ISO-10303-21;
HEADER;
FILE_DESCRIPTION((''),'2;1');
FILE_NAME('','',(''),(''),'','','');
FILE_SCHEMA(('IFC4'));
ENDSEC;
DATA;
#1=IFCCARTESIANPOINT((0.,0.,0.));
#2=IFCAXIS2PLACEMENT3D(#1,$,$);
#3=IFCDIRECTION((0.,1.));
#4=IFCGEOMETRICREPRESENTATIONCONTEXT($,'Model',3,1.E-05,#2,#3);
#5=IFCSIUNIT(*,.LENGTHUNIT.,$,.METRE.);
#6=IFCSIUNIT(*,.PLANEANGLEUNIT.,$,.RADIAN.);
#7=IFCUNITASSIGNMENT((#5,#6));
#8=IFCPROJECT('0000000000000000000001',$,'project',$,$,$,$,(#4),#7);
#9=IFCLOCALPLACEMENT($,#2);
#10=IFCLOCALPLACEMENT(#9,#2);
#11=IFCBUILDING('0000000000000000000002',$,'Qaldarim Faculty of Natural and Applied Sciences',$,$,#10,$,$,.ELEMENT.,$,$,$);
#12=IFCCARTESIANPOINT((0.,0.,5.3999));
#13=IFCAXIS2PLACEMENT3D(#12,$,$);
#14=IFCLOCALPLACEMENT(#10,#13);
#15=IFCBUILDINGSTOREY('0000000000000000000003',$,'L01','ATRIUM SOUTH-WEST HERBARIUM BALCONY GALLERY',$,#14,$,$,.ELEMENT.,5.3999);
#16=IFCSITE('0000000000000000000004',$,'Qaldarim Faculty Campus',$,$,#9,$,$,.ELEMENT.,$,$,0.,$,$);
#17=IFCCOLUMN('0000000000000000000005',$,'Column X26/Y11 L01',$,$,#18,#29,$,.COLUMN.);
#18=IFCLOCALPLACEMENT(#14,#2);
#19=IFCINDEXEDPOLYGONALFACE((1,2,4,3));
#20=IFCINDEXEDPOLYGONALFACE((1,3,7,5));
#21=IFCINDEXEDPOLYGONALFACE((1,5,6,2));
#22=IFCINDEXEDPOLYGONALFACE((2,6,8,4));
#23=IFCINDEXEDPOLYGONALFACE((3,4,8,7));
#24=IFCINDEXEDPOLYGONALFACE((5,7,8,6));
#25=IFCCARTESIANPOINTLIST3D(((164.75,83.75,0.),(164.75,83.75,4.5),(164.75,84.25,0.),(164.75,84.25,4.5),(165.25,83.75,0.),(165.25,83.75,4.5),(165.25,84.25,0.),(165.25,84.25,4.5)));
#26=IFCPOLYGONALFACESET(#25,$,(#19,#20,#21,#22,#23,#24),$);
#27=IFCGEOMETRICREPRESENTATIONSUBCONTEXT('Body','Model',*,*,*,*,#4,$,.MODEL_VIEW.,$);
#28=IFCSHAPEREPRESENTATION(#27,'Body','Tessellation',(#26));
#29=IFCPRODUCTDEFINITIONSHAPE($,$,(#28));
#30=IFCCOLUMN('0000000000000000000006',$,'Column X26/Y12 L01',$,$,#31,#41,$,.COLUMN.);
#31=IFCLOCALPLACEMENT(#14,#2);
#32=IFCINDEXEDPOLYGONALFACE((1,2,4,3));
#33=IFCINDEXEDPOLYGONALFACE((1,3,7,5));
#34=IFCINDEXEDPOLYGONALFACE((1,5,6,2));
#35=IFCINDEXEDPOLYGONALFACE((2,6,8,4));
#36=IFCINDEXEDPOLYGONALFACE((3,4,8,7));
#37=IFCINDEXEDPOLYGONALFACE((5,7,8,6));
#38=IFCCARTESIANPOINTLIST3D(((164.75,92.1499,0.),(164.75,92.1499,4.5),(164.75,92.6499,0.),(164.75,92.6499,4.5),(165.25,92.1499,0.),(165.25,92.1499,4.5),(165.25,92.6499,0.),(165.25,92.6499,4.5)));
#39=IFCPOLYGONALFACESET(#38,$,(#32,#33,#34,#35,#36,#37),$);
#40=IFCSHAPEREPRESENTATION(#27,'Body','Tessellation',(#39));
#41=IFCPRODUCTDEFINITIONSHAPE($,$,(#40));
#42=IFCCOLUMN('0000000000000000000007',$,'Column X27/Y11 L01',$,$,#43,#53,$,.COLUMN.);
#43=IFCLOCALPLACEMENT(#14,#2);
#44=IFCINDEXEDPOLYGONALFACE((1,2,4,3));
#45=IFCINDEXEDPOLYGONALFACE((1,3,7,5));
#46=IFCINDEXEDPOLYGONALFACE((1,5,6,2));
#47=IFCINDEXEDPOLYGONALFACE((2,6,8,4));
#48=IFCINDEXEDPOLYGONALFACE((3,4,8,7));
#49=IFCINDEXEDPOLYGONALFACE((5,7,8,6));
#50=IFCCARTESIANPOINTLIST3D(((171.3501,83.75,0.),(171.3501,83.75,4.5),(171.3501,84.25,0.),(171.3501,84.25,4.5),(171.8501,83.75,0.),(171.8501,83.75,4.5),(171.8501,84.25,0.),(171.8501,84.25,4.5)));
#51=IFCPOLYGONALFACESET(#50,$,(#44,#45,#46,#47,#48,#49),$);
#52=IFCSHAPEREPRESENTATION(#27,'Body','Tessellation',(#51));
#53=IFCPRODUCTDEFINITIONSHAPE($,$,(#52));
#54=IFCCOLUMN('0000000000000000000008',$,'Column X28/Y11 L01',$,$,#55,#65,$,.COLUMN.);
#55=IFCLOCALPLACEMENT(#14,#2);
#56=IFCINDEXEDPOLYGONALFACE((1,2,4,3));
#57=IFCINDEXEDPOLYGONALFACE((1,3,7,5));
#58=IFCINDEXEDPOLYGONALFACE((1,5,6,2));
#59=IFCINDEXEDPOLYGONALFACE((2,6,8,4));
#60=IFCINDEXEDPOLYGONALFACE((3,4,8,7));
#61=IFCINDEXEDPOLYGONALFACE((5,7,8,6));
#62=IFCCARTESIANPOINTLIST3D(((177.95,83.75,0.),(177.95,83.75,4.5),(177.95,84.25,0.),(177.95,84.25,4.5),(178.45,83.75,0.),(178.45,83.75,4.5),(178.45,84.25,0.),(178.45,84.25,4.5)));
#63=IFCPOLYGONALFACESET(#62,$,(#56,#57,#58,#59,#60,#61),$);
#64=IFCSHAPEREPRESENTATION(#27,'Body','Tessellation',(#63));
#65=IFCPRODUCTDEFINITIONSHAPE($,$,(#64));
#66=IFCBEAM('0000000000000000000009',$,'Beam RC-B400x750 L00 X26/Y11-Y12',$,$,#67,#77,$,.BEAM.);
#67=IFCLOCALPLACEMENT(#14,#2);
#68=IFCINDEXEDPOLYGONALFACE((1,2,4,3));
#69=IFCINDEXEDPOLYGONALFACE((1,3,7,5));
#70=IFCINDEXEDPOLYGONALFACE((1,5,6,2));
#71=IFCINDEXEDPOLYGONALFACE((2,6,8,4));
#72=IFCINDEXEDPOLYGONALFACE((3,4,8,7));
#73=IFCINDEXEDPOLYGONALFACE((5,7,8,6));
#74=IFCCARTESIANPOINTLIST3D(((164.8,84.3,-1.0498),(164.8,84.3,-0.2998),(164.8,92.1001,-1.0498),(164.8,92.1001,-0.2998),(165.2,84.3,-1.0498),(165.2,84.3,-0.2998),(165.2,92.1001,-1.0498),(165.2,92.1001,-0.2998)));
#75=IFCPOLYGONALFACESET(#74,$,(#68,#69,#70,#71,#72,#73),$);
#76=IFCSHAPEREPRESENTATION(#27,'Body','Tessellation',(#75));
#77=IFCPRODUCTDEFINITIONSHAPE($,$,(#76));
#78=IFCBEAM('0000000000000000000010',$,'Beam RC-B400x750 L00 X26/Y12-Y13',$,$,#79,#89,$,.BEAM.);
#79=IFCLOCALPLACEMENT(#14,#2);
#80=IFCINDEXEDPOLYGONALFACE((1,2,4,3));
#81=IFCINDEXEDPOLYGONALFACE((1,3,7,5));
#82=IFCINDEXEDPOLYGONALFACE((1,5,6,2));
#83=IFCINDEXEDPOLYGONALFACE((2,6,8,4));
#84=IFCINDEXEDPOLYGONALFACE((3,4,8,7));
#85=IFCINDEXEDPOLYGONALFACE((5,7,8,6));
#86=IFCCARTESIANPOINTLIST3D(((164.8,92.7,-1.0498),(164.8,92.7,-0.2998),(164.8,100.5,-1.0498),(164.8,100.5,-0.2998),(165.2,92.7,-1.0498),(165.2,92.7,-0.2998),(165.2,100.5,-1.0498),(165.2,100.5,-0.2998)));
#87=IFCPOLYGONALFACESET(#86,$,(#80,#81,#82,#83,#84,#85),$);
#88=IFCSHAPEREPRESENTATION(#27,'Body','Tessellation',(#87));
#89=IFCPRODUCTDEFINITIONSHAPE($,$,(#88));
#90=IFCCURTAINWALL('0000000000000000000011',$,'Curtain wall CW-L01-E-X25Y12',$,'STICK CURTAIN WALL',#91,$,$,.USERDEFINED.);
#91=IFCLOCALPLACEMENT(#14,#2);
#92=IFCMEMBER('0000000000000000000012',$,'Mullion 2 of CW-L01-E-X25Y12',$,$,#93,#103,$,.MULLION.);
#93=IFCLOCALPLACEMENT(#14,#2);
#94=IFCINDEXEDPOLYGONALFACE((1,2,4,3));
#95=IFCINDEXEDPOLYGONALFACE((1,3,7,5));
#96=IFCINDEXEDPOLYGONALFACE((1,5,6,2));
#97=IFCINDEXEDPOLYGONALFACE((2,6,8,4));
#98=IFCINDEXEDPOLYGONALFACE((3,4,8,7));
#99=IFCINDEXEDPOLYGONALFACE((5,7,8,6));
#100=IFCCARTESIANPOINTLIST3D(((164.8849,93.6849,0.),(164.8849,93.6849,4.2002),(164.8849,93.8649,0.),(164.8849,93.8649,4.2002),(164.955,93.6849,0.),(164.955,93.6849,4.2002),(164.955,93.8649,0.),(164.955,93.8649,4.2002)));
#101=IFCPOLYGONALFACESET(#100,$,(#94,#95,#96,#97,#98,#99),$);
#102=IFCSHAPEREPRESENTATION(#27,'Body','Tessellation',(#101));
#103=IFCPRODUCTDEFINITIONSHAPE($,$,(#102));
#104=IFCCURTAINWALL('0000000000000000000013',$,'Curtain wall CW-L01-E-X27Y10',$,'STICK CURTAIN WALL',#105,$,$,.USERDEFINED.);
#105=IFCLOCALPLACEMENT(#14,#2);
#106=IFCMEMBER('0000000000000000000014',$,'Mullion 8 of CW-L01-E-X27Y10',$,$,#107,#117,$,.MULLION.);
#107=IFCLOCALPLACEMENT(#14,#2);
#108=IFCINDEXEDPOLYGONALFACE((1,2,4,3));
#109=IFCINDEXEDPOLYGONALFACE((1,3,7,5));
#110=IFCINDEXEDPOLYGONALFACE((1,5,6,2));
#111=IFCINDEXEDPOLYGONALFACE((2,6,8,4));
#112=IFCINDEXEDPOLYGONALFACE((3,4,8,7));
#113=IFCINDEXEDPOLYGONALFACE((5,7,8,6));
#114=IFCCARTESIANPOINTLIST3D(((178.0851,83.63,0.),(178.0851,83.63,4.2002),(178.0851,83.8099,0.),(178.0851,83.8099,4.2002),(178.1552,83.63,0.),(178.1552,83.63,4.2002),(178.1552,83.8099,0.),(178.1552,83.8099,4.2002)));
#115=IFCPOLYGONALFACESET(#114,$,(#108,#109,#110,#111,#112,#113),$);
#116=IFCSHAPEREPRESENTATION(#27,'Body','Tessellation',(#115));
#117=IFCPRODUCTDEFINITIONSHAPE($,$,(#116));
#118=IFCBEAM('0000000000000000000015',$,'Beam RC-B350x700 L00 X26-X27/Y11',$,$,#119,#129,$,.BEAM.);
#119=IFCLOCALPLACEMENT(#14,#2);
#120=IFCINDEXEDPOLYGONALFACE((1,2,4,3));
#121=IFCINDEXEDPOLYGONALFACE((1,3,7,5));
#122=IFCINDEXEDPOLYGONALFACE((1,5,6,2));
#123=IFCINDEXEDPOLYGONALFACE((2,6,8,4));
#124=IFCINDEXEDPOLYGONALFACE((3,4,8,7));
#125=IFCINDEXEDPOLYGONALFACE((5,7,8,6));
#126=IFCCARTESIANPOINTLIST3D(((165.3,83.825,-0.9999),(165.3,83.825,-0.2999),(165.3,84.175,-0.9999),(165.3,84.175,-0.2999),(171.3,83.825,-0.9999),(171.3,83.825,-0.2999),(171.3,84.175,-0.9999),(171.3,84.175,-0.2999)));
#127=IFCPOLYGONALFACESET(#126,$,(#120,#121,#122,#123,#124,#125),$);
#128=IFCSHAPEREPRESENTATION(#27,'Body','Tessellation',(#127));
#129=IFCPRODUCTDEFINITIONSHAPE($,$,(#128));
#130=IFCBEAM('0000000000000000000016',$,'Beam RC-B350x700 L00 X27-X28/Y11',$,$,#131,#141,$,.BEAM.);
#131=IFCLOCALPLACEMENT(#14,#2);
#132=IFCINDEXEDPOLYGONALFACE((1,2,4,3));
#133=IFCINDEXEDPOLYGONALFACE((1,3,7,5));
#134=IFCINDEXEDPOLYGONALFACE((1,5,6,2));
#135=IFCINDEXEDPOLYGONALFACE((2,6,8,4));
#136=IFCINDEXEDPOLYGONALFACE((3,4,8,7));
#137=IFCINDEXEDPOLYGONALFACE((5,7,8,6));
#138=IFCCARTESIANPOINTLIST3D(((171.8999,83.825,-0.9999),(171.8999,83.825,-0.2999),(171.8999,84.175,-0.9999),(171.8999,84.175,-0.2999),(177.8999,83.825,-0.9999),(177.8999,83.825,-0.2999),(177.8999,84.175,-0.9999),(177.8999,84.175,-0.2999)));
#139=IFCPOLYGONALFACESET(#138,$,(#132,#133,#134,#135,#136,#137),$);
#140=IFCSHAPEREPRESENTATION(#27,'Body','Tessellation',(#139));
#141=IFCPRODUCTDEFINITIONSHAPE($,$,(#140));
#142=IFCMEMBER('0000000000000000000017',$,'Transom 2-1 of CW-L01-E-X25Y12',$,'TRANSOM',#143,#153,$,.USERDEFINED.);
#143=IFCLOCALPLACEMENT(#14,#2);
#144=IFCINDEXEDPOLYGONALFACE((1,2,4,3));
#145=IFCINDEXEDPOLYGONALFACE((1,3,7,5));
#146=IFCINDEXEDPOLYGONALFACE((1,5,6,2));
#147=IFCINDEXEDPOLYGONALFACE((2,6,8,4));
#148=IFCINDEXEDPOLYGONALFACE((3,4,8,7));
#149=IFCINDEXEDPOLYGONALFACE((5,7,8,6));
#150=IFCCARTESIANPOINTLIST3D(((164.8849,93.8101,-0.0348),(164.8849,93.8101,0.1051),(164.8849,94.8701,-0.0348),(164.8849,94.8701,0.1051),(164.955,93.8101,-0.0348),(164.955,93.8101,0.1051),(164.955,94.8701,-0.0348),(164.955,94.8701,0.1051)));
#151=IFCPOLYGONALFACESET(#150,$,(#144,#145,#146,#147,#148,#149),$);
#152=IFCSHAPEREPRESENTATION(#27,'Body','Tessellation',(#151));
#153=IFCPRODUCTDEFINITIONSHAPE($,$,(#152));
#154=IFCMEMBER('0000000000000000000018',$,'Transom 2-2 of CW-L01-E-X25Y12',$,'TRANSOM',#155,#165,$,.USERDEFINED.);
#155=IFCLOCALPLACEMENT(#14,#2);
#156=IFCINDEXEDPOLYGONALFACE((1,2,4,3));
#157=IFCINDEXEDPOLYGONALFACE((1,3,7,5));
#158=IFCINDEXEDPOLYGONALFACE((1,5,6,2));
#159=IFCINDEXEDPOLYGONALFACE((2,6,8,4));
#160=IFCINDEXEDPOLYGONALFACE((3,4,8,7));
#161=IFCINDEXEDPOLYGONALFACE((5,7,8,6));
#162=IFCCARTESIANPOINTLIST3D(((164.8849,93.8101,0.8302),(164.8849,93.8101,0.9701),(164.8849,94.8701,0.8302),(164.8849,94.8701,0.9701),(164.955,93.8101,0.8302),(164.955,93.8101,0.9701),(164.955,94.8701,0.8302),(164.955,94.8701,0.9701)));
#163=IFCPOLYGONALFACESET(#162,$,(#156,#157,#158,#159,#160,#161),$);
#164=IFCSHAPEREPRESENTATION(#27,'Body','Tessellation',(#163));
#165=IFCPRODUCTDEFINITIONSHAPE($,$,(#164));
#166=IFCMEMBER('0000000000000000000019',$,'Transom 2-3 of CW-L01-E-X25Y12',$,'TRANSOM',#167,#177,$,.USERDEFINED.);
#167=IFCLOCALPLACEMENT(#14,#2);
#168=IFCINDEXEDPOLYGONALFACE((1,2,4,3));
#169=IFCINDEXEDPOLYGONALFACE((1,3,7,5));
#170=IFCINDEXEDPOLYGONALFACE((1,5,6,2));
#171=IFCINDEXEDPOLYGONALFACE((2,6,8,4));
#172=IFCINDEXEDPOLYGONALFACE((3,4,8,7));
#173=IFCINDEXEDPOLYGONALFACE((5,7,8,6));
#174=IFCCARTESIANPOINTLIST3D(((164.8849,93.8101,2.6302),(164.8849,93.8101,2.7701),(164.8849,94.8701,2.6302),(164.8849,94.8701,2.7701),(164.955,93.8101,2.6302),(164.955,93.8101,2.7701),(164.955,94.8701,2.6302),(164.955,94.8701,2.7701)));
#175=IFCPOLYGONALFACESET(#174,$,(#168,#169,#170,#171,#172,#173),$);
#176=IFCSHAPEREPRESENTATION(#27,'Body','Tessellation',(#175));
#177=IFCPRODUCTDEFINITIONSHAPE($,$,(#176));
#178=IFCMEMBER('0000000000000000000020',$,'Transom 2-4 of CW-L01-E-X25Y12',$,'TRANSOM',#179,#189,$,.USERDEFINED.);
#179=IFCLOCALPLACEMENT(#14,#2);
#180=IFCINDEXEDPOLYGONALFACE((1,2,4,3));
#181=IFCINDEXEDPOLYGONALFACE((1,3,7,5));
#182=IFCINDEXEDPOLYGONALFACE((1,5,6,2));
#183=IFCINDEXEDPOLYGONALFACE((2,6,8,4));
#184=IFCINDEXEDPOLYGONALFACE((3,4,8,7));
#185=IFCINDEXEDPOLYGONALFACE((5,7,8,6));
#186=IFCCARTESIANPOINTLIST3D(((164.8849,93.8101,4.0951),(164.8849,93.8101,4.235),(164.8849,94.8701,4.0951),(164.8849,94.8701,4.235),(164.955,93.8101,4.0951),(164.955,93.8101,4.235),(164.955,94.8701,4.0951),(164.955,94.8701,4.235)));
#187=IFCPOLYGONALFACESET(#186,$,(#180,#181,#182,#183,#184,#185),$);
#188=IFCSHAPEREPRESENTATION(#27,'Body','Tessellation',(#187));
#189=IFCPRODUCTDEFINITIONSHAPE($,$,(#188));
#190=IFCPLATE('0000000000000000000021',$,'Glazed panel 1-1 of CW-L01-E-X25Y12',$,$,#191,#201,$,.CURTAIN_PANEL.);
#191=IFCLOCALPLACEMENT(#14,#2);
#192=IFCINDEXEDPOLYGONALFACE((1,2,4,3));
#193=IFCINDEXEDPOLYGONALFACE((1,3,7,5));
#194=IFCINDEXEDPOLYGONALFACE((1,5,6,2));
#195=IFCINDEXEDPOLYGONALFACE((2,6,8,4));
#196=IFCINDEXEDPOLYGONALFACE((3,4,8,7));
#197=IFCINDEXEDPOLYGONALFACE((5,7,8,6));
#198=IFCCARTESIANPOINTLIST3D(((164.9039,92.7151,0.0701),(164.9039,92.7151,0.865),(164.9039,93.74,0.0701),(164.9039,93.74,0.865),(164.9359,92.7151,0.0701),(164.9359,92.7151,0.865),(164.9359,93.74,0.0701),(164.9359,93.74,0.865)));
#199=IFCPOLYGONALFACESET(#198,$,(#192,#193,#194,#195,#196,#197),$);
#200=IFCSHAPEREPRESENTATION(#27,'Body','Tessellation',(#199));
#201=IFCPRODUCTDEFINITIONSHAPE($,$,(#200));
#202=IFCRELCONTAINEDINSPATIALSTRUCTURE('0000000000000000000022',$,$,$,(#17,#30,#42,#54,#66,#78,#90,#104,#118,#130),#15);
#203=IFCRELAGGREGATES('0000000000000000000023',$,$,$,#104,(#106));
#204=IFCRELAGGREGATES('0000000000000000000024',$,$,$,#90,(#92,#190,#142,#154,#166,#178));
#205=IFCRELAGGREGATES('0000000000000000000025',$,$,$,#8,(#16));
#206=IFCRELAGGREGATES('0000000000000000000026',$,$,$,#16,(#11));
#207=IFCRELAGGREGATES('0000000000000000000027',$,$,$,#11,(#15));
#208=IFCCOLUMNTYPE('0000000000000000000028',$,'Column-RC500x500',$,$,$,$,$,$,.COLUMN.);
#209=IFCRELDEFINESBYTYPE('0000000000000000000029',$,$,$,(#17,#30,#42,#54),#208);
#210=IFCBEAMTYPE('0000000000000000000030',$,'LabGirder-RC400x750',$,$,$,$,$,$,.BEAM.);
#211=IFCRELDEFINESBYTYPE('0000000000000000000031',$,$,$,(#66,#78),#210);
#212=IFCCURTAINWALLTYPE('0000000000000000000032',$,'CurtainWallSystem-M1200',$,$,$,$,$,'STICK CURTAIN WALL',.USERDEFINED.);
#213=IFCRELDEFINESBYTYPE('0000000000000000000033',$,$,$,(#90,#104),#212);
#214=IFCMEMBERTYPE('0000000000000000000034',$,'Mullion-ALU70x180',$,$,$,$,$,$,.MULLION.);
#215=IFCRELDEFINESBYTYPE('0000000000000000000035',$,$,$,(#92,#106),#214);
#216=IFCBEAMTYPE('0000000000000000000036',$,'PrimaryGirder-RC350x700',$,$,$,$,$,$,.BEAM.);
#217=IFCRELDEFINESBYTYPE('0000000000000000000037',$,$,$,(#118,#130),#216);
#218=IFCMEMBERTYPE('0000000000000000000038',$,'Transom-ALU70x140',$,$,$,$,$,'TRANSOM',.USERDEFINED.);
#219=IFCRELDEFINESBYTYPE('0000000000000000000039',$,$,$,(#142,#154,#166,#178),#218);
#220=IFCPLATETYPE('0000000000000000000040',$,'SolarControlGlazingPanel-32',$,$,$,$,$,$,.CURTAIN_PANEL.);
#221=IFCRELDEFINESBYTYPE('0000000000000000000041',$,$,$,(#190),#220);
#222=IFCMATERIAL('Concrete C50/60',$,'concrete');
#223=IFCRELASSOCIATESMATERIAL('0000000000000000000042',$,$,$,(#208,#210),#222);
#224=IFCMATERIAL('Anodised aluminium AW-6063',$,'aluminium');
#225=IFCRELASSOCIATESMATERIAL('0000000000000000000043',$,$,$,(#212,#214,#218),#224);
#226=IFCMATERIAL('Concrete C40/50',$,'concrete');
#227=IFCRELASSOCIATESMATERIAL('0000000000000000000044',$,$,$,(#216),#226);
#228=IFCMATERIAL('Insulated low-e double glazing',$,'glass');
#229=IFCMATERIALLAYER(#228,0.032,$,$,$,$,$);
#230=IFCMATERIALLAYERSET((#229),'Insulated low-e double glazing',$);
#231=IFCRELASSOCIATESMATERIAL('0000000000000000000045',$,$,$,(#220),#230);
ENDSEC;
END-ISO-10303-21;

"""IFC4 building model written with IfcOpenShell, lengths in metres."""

from ifc_helpers import new_model, si_unit, direction, frame, origin, origin_2d, place, context, subcontext, project, spatial, rectangle, extrude, material, layer, layer_set, material_profile, profile_set, type_object, element, aggregate, save


model = new_model("IFC4")

# Units and contexts
model_context = context("Model", 3, precision=1e-05, world=origin(), true_north=direction((0.0, 1.0)))
body_context = subcontext(model_context, "Body", "Model", "MODEL_VIEW")
ifc_project = project(units=[si_unit("LENGTHUNIT", "METRE"), si_unit("PLANEANGLEUNIT", "RADIAN")], contexts=[model_context])

# Site, building, storey
site_placement = place(None, origin())
site = spatial("IfcSite", under=ifc_project, at=site_placement, Name="Qaldarim Faculty Campus", CompositionType="ELEMENT", RefElevation=0.0)
building_placement = place(site_placement, origin())
building = spatial("IfcBuilding", under=site, at=building_placement, Name="Qaldarim Faculty of Natural and Applied Sciences", CompositionType="ELEMENT")
storey_placement = place(building_placement, frame((0.0, 0.0, 5.3999)))
storey = spatial("IfcBuildingStorey", under=building, at=storey_placement, Name="L01", Description="ATRIUM SOUTH-WEST HERBARIUM BALCONY GALLERY", CompositionType="ELEMENT", Elevation=5.3999)

# Columns
ifc_material_1 = material(Name="Concrete C50/60", Category="concrete")
ifc_material_profile_1 = material_profile(ifc_material_1, rectangle(XDim=0.5, YDim=0.5, at=origin_2d()), Name="RC-C500x500")
ifc_profile_set_1 = profile_set([ifc_material_profile_1], Name="Concrete C50/60")
column_type = type_object("IfcColumnType", Name="Column-RC500x500", PredefinedType="COLUMN", material=ifc_profile_set_1)
for number, where, z_axis, x_axis, name in (
    (1, (165.0, 84.0, 0.0), (0.0, 0.0, 1.0), (1.0, 0.0, 0.0), "Column X26/Y11 L01"),
    (2, (165.0, 92.3999, 0.0), (0.0, 0.0, 1.0), (1.0, 0.0, 0.0), "Column X26/Y12 L01"),
    (3, (171.6001, 84.0, 0.0), (0.0, 0.0, 1.0), (1.0, 0.0, 0.0), "Column X27/Y11 L01"),
    (4, (178.2, 84.0, 0.0), (0.0, 0.0, 1.0), (1.0, 0.0, 0.0), "Column X28/Y11 L01"),
):
    element("IfcColumn", number, at=place(storey_placement, frame(where, z_axis=z_axis, x_axis=x_axis)), inside=storey, type_object=column_type, Name=name, PredefinedType="COLUMN", context=body_context, shape_type="SweptSolid", body=[
        extrude(rectangle(XDim=0.5, YDim=0.5, at=origin_2d()), origin(), (0.0, 0.0, 1.0), 4.5),
    ])

# Beams
ifc_material_profile_2 = material_profile(ifc_material_1, rectangle(XDim=0.3999, YDim=0.75, at=origin_2d()), Name="RC-B400x750")
ifc_profile_set_2 = profile_set([ifc_material_profile_2], Name="Concrete C50/60")
beam_type_1 = type_object("IfcBeamType", Name="LabGirder-RC400x750", PredefinedType="BEAM", material=ifc_profile_set_2)
for number, where, z_axis, x_axis, name in (
    (5, (165.0, 84.3, -0.6748), (0.0, 1.0, 0.0), (-1.0, 0.0, 0.0), "Beam RC-B400x750 L00 X26/Y11-Y12"),
    (6, (165.0, 92.7, -0.6748), (0.0, 1.0, 0.0), (-1.0, 0.0, 0.0), "Beam RC-B400x750 L00 X26/Y12-Y13"),
):
    element("IfcBeam", number, at=place(storey_placement, frame(where, z_axis=z_axis, x_axis=x_axis)), inside=storey, type_object=beam_type_1, Name=name, PredefinedType="BEAM", context=body_context, shape_type="SweptSolid", body=[
        extrude(rectangle(XDim=0.3999, YDim=0.75, at=origin_2d()), origin(), (0.0, 0.0, 1.0), 7.8),
    ])

# Curtain walls, members
ifc_material_2 = material(Name="Anodised aluminium AW-6063", Category="aluminium")
curtain_wall_type = type_object("IfcCurtainWallType", Name="CurtainWallSystem-M1200", ElementType="STICK CURTAIN WALL", PredefinedType="USERDEFINED", material=ifc_material_2)
curtain_wall_1_placement = place(storey_placement, origin())
curtain_wall_1 = element("IfcCurtainWall", 7, at=curtain_wall_1_placement, inside=storey, type_object=curtain_wall_type, Name="Curtain wall CW-L01-E-X25Y12", ObjectType="STICK CURTAIN WALL", PredefinedType="USERDEFINED")
ifc_material_profile_3 = material_profile(ifc_material_2, rectangle(XDim=0.0701, YDim=0.1799, at=origin_2d()), Name="ALU-M70x180")
ifc_profile_set_3 = profile_set([ifc_material_profile_3], Name="Anodised aluminium AW-6063")
member_type_1 = type_object("IfcMemberType", Name="Mullion-ALU70x180", PredefinedType="MULLION", material=ifc_profile_set_3)
member_1_placement = place(storey_placement, frame((164.9199, 93.7749, 0.0), z_axis=(0.0, 0.0, 1.0), x_axis=(-1.0, 0.0, 0.0)))
member_1 = element("IfcMember", 8, at=member_1_placement, type_object=member_type_1, Name="Mullion 2 of CW-L01-E-X25Y12", PredefinedType="MULLION", context=body_context, shape_type="SweptSolid", body=[
    extrude(rectangle(XDim=0.0701, YDim=0.1799, at=origin_2d()), origin(), (0.0, 0.0, 1.0), 4.2002),
])
curtain_wall_2_placement = place(storey_placement, origin())
curtain_wall_2 = element("IfcCurtainWall", 9, at=curtain_wall_2_placement, inside=storey, type_object=curtain_wall_type, Name="Curtain wall CW-L01-E-X27Y10", ObjectType="STICK CURTAIN WALL", PredefinedType="USERDEFINED")
member_2_placement = place(storey_placement, frame((178.1201, 83.72, 0.0), z_axis=(0.0, 0.0, 1.0), x_axis=(-1.0, 0.0, 0.0)))
member_2 = element("IfcMember", 10, at=member_2_placement, type_object=member_type_1, Name="Mullion 8 of CW-L01-E-X27Y10", PredefinedType="MULLION", context=body_context, shape_type="SweptSolid", body=[
    extrude(rectangle(XDim=0.0701, YDim=0.1799, at=origin_2d()), origin(), (0.0, 0.0, 1.0), 4.2002),
])
aggregate(curtain_wall_2, [member_2])

# Beams
ifc_material_3 = material(Name="Concrete C40/50", Category="concrete")
ifc_material_profile_4 = material_profile(ifc_material_3, rectangle(XDim=0.3501, YDim=0.7, at=origin_2d()), Name="RC-B350x700")
ifc_profile_set_4 = profile_set([ifc_material_profile_4], Name="Concrete C40/50")
beam_type_2 = type_object("IfcBeamType", Name="PrimaryGirder-RC350x700", PredefinedType="BEAM", material=ifc_profile_set_4)
for number, where, z_axis, x_axis, name in (
    (11, (165.3, 84.0, -0.6499), (1.0, 0.0, 0.0), (0.0, 1.0, 0.0), "Beam RC-B350x700 L00 X26-X27/Y11"),
    (12, (171.8999, 84.0, -0.6499), (1.0, 0.0, 0.0), (0.0, 1.0, 0.0), "Beam RC-B350x700 L00 X27-X28/Y11"),
):
    element("IfcBeam", number, at=place(storey_placement, frame(where, z_axis=z_axis, x_axis=x_axis)), inside=storey, type_object=beam_type_2, Name=name, PredefinedType="BEAM", context=body_context, shape_type="SweptSolid", body=[
        extrude(rectangle(XDim=0.3501, YDim=0.7, at=origin_2d()), origin(), (0.0, 0.0, 1.0), 6.0),
    ])

# Members
ifc_material_profile_5 = material_profile(ifc_material_2, rectangle(XDim=0.0701, YDim=0.1399, at=origin_2d()), Name="ALU-T70x140")
ifc_profile_set_5 = profile_set([ifc_material_profile_5], Name="Anodised aluminium AW-6063")
member_type_2 = type_object("IfcMemberType", Name="Transom-ALU70x140", ElementType="TRANSOM", PredefinedType="USERDEFINED", material=ifc_profile_set_5)
member_3_placement = place(storey_placement, frame((164.9199, 93.8101, 0.0352), z_axis=(0.0, 1.0, 0.0), x_axis=(-1.0, 0.0, 0.0)))
member_3 = element("IfcMember", 13, at=member_3_placement, type_object=member_type_2, Name="Transom 2-1 of CW-L01-E-X25Y12", ObjectType="TRANSOM", PredefinedType="USERDEFINED", context=body_context, shape_type="SweptSolid", body=[
    extrude(rectangle(XDim=0.0701, YDim=0.1399, at=origin_2d()), origin(), (0.0, 0.0, 1.0), 1.0601),
])
member_4_placement = place(storey_placement, frame((164.9199, 93.8101, 0.9001), z_axis=(0.0, 1.0, 0.0), x_axis=(-1.0, 0.0, 0.0)))
member_4 = element("IfcMember", 14, at=member_4_placement, type_object=member_type_2, Name="Transom 2-2 of CW-L01-E-X25Y12", ObjectType="TRANSOM", PredefinedType="USERDEFINED", context=body_context, shape_type="SweptSolid", body=[
    extrude(rectangle(XDim=0.0701, YDim=0.1399, at=origin_2d()), origin(), (0.0, 0.0, 1.0), 1.0601),
])
member_5_placement = place(storey_placement, frame((164.9199, 93.8101, 2.7002), z_axis=(0.0, 1.0, 0.0), x_axis=(-1.0, 0.0, 0.0)))
member_5 = element("IfcMember", 15, at=member_5_placement, type_object=member_type_2, Name="Transom 2-3 of CW-L01-E-X25Y12", ObjectType="TRANSOM", PredefinedType="USERDEFINED", context=body_context, shape_type="SweptSolid", body=[
    extrude(rectangle(XDim=0.0701, YDim=0.1399, at=origin_2d()), origin(), (0.0, 0.0, 1.0), 1.0601),
])
member_6_placement = place(storey_placement, frame((164.9199, 93.8101, 4.165), z_axis=(0.0, 1.0, 0.0), x_axis=(-1.0, 0.0, 0.0)))
member_6 = element("IfcMember", 16, at=member_6_placement, type_object=member_type_2, Name="Transom 2-4 of CW-L01-E-X25Y12", ObjectType="TRANSOM", PredefinedType="USERDEFINED", context=body_context, shape_type="SweptSolid", body=[
    extrude(rectangle(XDim=0.0701, YDim=0.1399, at=origin_2d()), origin(), (0.0, 0.0, 1.0), 1.0601),
])

# Plate
ifc_material_4 = material(Name="Insulated low-e double glazing", Category="glass")
ifc_layer_1 = layer(ifc_material_4, 0.032)
ifc_layer_set_1 = layer_set([ifc_layer_1], Name="Insulated low-e double glazing")
plate_type = type_object("IfcPlateType", Name="SolarControlGlazingPanel-32", PredefinedType="CURTAIN_PANEL", material=ifc_layer_set_1)
plate_1_placement = place(storey_placement, frame((164.9199, 93.2275, 0.0701), z_axis=(0.0, 0.0, 1.0), x_axis=(0.0, 1.0, 0.0)))
plate_1 = element("IfcPlate", 17, at=plate_1_placement, type_object=plate_type, Name="Glazed panel 1-1 of CW-L01-E-X25Y12", PredefinedType="CURTAIN_PANEL", context=body_context, shape_type="SweptSolid", body=[
    extrude(rectangle(XDim=1.0249, YDim=0.032, at=origin_2d()), origin(), (0.0, 0.0, 1.0), 0.7949),
])
aggregate(curtain_wall_1, [member_1, plate_1, member_3, member_4, member_5, member_6])

save(model, "model.ifc")
